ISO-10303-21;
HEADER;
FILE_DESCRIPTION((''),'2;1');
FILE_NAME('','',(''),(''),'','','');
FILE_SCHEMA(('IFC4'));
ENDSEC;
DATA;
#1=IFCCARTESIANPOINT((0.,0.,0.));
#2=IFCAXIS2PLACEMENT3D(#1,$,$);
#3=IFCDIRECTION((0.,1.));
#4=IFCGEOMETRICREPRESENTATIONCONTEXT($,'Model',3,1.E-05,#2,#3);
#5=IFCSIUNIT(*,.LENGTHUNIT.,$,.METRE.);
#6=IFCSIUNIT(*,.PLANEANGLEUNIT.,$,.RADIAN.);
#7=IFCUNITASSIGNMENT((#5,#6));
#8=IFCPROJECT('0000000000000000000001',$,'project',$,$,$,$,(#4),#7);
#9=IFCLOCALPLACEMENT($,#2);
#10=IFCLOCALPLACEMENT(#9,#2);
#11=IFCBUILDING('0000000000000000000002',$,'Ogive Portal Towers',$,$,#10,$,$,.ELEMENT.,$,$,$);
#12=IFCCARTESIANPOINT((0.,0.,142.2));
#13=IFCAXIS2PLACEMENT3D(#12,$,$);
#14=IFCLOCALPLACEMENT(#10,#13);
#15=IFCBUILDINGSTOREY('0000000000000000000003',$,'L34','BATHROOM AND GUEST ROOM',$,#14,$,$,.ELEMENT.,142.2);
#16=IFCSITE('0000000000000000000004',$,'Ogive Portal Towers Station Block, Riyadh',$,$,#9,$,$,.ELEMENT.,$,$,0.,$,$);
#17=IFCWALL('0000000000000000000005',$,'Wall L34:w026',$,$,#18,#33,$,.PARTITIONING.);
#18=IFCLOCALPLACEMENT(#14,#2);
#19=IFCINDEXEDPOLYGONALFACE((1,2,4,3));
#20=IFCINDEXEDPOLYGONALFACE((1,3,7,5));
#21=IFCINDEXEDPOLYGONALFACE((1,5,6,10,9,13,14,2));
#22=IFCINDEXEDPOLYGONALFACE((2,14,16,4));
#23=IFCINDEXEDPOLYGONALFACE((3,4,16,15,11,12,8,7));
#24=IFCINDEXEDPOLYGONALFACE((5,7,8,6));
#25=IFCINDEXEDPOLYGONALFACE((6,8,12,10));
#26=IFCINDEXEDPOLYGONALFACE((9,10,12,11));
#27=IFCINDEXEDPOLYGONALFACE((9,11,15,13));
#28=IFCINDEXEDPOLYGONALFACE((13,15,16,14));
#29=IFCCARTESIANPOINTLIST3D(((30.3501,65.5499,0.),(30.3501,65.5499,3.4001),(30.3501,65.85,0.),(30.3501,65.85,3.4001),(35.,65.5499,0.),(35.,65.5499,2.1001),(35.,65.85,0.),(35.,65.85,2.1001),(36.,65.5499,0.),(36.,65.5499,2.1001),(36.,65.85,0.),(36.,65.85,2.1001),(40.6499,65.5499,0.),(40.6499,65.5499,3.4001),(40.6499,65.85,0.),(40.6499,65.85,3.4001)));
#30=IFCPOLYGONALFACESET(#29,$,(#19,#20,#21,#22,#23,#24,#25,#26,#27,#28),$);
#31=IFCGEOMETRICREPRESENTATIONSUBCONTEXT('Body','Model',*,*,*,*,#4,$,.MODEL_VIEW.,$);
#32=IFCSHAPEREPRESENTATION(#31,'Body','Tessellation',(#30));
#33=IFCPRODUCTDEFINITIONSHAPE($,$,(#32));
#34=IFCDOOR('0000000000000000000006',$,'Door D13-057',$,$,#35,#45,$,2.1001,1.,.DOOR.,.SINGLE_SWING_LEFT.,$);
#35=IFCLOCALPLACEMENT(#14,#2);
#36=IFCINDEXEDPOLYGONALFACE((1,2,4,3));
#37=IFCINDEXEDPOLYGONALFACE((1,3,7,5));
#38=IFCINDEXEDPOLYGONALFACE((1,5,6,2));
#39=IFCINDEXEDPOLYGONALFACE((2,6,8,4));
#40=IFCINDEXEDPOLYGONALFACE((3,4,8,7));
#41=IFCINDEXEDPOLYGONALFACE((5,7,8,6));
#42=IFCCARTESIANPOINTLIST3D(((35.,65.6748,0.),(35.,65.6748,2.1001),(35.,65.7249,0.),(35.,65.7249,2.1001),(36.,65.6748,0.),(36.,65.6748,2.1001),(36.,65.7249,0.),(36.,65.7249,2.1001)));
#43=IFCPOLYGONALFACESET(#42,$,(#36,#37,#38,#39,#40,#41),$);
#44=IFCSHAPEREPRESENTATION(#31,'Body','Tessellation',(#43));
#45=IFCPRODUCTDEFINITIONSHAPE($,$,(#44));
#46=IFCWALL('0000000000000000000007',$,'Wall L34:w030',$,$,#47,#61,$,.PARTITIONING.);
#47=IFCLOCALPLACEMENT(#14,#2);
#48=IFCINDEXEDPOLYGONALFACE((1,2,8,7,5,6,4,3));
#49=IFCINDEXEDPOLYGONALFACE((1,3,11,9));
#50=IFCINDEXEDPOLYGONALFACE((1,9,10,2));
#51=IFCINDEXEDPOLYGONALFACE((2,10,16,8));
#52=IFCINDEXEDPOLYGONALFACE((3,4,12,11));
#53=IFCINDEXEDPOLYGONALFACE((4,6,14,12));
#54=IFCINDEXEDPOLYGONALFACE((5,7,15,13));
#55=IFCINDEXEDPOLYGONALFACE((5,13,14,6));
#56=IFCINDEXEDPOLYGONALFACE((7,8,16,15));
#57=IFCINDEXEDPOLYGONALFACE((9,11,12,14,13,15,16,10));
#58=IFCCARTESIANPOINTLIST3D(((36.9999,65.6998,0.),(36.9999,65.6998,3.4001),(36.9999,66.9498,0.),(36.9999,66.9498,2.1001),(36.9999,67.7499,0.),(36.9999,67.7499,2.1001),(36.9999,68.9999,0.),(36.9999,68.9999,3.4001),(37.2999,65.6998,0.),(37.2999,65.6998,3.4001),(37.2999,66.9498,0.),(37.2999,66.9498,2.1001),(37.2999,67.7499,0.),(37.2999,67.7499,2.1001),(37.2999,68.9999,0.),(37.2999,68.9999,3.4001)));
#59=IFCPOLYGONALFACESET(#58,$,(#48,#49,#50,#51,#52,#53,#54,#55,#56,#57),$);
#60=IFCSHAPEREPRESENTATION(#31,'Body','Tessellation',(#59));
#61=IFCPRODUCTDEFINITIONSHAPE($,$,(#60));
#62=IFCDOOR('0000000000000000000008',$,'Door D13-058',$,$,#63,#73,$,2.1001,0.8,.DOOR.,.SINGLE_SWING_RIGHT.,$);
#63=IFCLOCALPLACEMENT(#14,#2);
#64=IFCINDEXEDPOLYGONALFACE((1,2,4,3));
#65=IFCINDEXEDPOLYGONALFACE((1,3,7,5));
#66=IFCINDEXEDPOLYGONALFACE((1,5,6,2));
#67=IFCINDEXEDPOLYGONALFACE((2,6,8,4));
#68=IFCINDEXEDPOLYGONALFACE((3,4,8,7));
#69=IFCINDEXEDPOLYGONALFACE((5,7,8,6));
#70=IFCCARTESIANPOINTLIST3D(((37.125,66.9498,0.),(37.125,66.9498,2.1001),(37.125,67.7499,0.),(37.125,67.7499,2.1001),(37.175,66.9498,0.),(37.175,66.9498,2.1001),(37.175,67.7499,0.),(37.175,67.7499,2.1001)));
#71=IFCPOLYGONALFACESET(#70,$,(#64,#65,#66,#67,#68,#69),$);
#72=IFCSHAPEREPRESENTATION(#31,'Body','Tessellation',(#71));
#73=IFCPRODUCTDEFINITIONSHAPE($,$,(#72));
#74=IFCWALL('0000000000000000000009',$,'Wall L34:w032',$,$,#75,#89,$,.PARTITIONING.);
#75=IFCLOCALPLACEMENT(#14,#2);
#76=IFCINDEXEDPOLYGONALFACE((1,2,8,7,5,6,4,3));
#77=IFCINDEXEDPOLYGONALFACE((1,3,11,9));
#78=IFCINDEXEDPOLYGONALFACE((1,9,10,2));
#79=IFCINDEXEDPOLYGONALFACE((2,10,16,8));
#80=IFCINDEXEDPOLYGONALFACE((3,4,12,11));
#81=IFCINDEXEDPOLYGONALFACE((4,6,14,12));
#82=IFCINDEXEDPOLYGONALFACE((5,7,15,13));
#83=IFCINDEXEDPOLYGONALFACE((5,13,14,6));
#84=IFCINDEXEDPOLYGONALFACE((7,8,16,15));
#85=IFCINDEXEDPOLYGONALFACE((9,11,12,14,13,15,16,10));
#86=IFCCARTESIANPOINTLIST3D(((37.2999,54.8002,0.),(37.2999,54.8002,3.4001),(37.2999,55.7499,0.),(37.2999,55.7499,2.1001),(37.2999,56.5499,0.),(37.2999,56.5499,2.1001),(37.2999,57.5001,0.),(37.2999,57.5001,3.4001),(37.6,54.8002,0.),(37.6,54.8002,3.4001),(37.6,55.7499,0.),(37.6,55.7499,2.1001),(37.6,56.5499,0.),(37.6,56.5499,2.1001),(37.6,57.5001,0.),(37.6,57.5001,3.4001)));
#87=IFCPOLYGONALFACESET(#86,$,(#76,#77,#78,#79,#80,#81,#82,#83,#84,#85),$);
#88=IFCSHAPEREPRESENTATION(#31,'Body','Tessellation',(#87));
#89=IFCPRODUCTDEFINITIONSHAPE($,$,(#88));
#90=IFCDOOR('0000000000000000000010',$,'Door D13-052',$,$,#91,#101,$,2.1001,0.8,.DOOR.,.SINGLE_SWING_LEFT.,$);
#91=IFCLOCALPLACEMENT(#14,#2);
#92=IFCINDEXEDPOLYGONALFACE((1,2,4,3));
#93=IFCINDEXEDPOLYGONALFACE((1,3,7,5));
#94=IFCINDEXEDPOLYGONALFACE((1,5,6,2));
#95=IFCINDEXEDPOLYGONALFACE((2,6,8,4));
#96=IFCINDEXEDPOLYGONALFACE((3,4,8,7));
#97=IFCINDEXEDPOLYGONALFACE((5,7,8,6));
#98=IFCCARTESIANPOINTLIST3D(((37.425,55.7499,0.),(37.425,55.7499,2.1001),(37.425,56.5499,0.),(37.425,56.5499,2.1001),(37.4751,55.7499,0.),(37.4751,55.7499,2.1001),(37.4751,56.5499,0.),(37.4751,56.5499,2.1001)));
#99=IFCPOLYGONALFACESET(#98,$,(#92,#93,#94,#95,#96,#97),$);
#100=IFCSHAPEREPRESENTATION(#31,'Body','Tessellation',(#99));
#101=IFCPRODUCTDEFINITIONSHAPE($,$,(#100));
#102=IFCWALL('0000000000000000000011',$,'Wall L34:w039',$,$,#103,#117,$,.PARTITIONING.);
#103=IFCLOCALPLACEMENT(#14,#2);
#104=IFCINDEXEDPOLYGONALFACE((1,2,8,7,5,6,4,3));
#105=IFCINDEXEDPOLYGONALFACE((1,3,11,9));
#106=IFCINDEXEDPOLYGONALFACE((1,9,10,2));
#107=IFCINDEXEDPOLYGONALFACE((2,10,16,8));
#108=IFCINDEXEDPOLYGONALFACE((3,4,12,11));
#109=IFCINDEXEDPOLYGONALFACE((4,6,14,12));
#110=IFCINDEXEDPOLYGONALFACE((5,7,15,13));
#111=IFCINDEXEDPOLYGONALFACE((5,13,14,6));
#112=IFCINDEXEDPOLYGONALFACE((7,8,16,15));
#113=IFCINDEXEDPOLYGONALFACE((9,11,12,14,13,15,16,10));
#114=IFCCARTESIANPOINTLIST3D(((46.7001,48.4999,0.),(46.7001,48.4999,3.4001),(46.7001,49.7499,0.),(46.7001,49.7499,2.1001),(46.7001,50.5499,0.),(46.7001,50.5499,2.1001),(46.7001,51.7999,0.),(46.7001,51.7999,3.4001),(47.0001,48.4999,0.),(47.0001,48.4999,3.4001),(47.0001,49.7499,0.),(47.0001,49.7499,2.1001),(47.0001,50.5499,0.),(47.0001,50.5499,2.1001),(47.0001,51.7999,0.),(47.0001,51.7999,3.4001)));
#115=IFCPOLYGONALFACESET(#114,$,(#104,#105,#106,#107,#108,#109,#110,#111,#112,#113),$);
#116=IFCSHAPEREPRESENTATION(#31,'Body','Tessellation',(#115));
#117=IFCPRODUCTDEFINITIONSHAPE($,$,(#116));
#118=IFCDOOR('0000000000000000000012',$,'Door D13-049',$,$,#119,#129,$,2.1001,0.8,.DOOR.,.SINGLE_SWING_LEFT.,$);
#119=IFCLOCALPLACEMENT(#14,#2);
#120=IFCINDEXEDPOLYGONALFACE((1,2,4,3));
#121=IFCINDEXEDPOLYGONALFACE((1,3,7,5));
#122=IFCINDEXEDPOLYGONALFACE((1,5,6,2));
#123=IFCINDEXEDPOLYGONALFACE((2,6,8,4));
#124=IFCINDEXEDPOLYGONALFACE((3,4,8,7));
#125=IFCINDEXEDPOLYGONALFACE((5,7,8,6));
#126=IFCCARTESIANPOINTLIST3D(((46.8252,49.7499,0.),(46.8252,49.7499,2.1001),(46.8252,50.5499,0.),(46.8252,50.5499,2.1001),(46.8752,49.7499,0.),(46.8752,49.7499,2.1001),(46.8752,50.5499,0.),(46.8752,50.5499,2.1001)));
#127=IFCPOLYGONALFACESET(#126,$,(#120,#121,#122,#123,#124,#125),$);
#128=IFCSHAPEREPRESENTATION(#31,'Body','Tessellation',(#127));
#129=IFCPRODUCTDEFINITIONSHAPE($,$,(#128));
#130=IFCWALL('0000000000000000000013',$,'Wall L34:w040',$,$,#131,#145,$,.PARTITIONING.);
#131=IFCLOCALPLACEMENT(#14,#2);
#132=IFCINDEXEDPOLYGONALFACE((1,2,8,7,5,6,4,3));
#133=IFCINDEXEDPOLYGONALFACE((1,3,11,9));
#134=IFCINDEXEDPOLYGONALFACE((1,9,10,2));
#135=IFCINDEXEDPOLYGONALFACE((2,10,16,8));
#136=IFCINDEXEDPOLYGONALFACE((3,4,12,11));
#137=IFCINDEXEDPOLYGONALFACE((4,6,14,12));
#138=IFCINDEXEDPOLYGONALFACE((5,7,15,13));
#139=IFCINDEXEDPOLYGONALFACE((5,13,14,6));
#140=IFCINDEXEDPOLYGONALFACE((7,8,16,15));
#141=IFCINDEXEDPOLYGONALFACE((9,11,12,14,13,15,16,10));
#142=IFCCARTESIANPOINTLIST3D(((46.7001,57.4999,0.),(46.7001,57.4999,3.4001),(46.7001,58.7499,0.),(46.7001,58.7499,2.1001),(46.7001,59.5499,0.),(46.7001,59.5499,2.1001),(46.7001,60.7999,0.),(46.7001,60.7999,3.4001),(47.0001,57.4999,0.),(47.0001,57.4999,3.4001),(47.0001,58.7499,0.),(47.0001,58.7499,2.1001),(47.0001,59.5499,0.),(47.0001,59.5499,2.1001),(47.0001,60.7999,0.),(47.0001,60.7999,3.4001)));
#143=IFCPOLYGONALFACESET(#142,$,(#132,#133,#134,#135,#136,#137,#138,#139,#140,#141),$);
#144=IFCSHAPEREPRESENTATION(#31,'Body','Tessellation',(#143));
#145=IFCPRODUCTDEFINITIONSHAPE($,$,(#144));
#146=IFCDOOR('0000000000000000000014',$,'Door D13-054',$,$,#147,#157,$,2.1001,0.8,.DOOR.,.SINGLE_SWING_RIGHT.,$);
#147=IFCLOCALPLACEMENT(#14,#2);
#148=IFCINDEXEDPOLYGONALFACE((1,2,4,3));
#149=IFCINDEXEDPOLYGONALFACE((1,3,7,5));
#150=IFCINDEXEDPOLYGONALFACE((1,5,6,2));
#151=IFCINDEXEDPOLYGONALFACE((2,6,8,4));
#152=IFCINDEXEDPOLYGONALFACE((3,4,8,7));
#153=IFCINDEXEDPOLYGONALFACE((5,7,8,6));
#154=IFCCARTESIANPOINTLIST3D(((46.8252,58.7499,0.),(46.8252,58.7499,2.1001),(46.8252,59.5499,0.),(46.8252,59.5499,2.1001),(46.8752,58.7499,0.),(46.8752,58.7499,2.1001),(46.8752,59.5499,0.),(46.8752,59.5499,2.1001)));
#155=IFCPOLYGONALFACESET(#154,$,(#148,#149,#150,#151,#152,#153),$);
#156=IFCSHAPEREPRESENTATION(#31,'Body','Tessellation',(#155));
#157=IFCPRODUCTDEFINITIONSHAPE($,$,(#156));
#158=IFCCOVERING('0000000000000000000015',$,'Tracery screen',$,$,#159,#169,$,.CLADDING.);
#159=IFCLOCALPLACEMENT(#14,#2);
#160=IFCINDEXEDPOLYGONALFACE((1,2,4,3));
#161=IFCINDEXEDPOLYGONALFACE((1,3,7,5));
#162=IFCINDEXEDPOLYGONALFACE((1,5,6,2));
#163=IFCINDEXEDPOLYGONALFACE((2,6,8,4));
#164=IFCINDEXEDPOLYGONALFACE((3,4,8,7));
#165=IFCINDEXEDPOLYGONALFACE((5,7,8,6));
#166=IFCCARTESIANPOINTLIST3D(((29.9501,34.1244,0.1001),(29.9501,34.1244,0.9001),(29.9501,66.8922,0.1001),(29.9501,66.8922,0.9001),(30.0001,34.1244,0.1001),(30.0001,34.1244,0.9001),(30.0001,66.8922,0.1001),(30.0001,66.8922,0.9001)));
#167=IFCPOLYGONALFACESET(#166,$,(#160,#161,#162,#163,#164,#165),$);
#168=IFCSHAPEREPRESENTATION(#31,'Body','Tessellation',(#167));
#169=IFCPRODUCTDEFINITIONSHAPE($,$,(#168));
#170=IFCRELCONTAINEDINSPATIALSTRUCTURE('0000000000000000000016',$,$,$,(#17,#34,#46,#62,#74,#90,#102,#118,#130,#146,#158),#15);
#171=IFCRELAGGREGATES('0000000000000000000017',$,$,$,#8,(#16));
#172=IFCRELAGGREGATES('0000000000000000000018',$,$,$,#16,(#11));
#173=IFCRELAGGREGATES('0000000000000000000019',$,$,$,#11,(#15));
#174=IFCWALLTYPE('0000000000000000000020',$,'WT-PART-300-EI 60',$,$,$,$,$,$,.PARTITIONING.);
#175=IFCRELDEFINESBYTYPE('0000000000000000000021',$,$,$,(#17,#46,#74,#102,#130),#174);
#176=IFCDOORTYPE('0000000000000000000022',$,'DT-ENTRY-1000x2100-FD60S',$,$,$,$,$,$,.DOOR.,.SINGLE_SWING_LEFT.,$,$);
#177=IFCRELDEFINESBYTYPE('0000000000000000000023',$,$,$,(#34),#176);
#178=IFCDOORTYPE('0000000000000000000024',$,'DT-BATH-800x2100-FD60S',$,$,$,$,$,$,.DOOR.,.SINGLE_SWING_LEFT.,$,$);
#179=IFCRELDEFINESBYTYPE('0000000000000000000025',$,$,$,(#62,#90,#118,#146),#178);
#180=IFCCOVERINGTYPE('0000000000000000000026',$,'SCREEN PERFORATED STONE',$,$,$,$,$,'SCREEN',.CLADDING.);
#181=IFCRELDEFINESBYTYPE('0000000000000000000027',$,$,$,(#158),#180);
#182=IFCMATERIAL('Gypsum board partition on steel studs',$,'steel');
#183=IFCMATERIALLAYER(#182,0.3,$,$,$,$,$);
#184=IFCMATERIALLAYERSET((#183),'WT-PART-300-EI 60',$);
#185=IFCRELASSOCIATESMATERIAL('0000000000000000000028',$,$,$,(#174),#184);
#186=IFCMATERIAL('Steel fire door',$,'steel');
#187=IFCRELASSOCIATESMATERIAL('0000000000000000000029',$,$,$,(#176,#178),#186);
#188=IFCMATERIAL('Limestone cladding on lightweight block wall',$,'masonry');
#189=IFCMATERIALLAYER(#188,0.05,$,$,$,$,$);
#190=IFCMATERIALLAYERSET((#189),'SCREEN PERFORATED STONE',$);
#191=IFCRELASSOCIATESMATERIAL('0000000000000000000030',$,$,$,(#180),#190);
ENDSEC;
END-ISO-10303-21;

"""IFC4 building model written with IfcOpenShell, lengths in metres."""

from ifc_helpers import new_model, si_unit, direction, frame, frame_2d, origin, origin_2d, place, context, subcontext, project, spatial, rectangle, extrude, material, layer, layer_set, type_object, element, fill, save


model = new_model("IFC4")

# Units and contexts
model_context = context("Model", 3, precision=1e-05, world=origin(), true_north=direction((0.0, 1.0)))
body_context = subcontext(model_context, "Body", "Model", "MODEL_VIEW")
ifc_project = project(units=[si_unit("LENGTHUNIT", "METRE"), si_unit("PLANEANGLEUNIT", "RADIAN")], contexts=[model_context])

# Site, building, storey
site_placement = place(None, origin())
site = spatial("IfcSite", under=ifc_project, at=site_placement, Name="Ogive Portal Towers Station Block, Riyadh", CompositionType="ELEMENT", RefElevation=0.0)
building_placement = place(site_placement, origin())
building = spatial("IfcBuilding", under=site, at=building_placement, Name="Ogive Portal Towers", CompositionType="ELEMENT")
storey_placement = place(building_placement, frame((0.0, 0.0, 142.2)))
storey = spatial("IfcBuildingStorey", under=building, at=storey_placement, Name="L34", Description="BATHROOM AND GUEST ROOM", CompositionType="ELEMENT", Elevation=142.2)

# Shared definitions
ifc_material_1 = material(Name="Steel fire door", Category="steel")

# Shared definitions
ifc_material_2 = material(Name="Gypsum board partition on steel studs", Category="steel")
ifc_layer_1 = layer(ifc_material_2, 0.3)
ifc_layer_set_1 = layer_set([ifc_layer_1], Name="WT-PART-300-EI 60")
wall_type_1 = type_object("IfcWallType", Name="WT-PART-300-EI 60", PredefinedType="PARTITIONING", material=ifc_layer_set_1)

# Walls, openings, doors
wall_1_placement = place(storey_placement, frame((30.3501, 65.7, 0.0), z_axis=(0.0, 0.0, 1.0), x_axis=(1.0, 0.0, 0.0)))
wall_1 = element("IfcWall", 1, at=wall_1_placement, inside=storey, type_object=wall_type_1, Name="Wall L34:w026", PredefinedType="PARTITIONING", context=body_context, shape_type="SweptSolid", body=[
    extrude(rectangle(XDim=10.2998, YDim=0.3, at=frame_2d((5.1499, 0.0))), origin(), (0.0, 0.0, 1.0), 3.4001),
])
opening_1_placement = place(wall_1_placement, frame((4.6499, 0.0, 0.0)))
opening_1 = element("IfcOpeningElement", 2, at=opening_1_placement, cuts=wall_1, PredefinedType="OPENING", context=body_context, shape_type="SweptSolid", body=[
    extrude(rectangle(XDim=1.0, YDim=2.1001, at=frame_2d((0.5, 1.05))), frame((0.0, 0.1602, 0.0), z_axis=(0.0, -1.0, 0.0), x_axis=(1.0, 0.0, 0.0)), (0.0, 0.0, 1.0), 0.3201),
])
door_type_1 = type_object("IfcDoorType", Name="DT-ENTRY-1000x2100-FD60S", OperationType="SINGLE_SWING_LEFT", PredefinedType="DOOR", material=ifc_material_1)
door_1_placement = place(opening_1_placement, origin())
door_1 = element("IfcDoor", 3, at=door_1_placement, inside=storey, type_object=door_type_1, Name="Door D13-057", OperationType="SINGLE_SWING_LEFT", OverallHeight=2.1001, OverallWidth=1.0, PredefinedType="DOOR", context=body_context, shape_type="SweptSolid", body=[
    extrude(rectangle(XDim=1.0, YDim=2.1001, at=frame_2d((0.5, 1.05))), frame((0.0, 0.0249, 0.0), z_axis=(0.0, -1.0, 0.0), x_axis=(1.0, 0.0, 0.0)), (0.0, 0.0, 1.0), 0.05),
])
fill(opening_1, door_1)
wall_2_placement = place(storey_placement, frame((37.1499, 65.7, 0.0), z_axis=(0.0, 0.0, 1.0), x_axis=(0.0, 1.0, 0.0)))
wall_2 = element("IfcWall", 4, at=wall_2_placement, inside=storey, type_object=wall_type_1, Name="Wall L34:w030", PredefinedType="PARTITIONING", context=body_context, shape_type="SweptSolid", body=[
    extrude(rectangle(XDim=3.3, YDim=0.3, at=frame_2d((1.6499, 0.0))), origin(), (0.0, 0.0, 1.0), 3.4001),
])
opening_2_placement = place(wall_2_placement, frame((1.25, 0.0, 0.0)))
opening_2 = element("IfcOpeningElement", 5, at=opening_2_placement, cuts=wall_2, PredefinedType="OPENING", context=body_context, shape_type="SweptSolid", body=[
    extrude(rectangle(XDim=0.8, YDim=2.1001, at=frame_2d((0.3999, 1.05))), frame((0.0, 0.1602, 0.0), z_axis=(0.0, -1.0, 0.0), x_axis=(1.0, 0.0, 0.0)), (0.0, 0.0, 1.0), 0.3201),
])
door_type_2 = type_object("IfcDoorType", Name="DT-BATH-800x2100-FD60S", OperationType="SINGLE_SWING_LEFT", PredefinedType="DOOR", material=ifc_material_1)
door_2_placement = place(opening_2_placement, origin())
door_2 = element("IfcDoor", 6, at=door_2_placement, inside=storey, type_object=door_type_2, Name="Door D13-058", OperationType="SINGLE_SWING_RIGHT", OverallHeight=2.1001, OverallWidth=0.8, PredefinedType="DOOR", context=body_context, shape_type="SweptSolid", body=[
    extrude(rectangle(XDim=0.8, YDim=2.1001, at=frame_2d((0.3999, 1.05))), frame((0.0, 0.0249, 0.0), z_axis=(0.0, -1.0, 0.0), x_axis=(1.0, 0.0, 0.0)), (0.0, 0.0, 1.0), 0.05),
])
fill(opening_2, door_2)
wall_3_placement = place(storey_placement, frame((37.45, 54.8, 0.0), z_axis=(0.0, 0.0, 1.0), x_axis=(0.0, 1.0, 0.0)))
wall_3 = element("IfcWall", 7, at=wall_3_placement, inside=storey, type_object=wall_type_1, Name="Wall L34:w032", PredefinedType="PARTITIONING", context=body_context, shape_type="SweptSolid", body=[
    extrude(rectangle(XDim=2.7, YDim=0.3, at=frame_2d((1.3501, 0.0))), origin(), (0.0, 0.0, 1.0), 3.4001),
])
opening_3_placement = place(wall_3_placement, frame((0.95, 0.0, 0.0)))
opening_3 = element("IfcOpeningElement", 8, at=opening_3_placement, cuts=wall_3, PredefinedType="OPENING", context=body_context, shape_type="SweptSolid", body=[
    extrude(rectangle(XDim=0.8, YDim=2.1001, at=frame_2d((0.3999, 1.05))), frame((0.0, 0.1602, 0.0), z_axis=(0.0, -1.0, 0.0), x_axis=(1.0, 0.0, 0.0)), (0.0, 0.0, 1.0), 0.3201),
])
door_3_placement = place(opening_3_placement, origin())
door_3 = element("IfcDoor", 9, at=door_3_placement, inside=storey, type_object=door_type_2, Name="Door D13-052", OperationType="SINGLE_SWING_LEFT", OverallHeight=2.1001, OverallWidth=0.8, PredefinedType="DOOR", context=body_context, shape_type="SweptSolid", body=[
    extrude(rectangle(XDim=0.8, YDim=2.1001, at=frame_2d((0.3999, 1.05))), frame((0.0, 0.0249, 0.0), z_axis=(0.0, -1.0, 0.0), x_axis=(1.0, 0.0, 0.0)), (0.0, 0.0, 1.0), 0.05),
])
fill(opening_3, door_3)
wall_4_placement = place(storey_placement, frame((46.8501, 48.5, 0.0), z_axis=(0.0, 0.0, 1.0), x_axis=(0.0, 1.0, 0.0)))
wall_4 = element("IfcWall", 10, at=wall_4_placement, inside=storey, type_object=wall_type_1, Name="Wall L34:w039", PredefinedType="PARTITIONING", context=body_context, shape_type="SweptSolid", body=[
    extrude(rectangle(XDim=3.3, YDim=0.3, at=frame_2d((1.6499, 0.0))), origin(), (0.0, 0.0, 1.0), 3.4001),
])
opening_4_placement = place(wall_4_placement, frame((1.25, 0.0, 0.0)))
opening_4 = element("IfcOpeningElement", 11, at=opening_4_placement, cuts=wall_4, PredefinedType="OPENING", context=body_context, shape_type="SweptSolid", body=[
    extrude(rectangle(XDim=0.8, YDim=2.1001, at=frame_2d((0.3999, 1.05))), frame((0.0, 0.1602, 0.0), z_axis=(0.0, -1.0, 0.0), x_axis=(1.0, 0.0, 0.0)), (0.0, 0.0, 1.0), 0.3201),
])
door_4_placement = place(opening_4_placement, origin())
door_4 = element("IfcDoor", 12, at=door_4_placement, inside=storey, type_object=door_type_2, Name="Door D13-049", OperationType="SINGLE_SWING_LEFT", OverallHeight=2.1001, OverallWidth=0.8, PredefinedType="DOOR", context=body_context, shape_type="SweptSolid", body=[
    extrude(rectangle(XDim=0.8, YDim=2.1001, at=frame_2d((0.3999, 1.05))), frame((0.0, 0.0249, 0.0), z_axis=(0.0, -1.0, 0.0), x_axis=(1.0, 0.0, 0.0)), (0.0, 0.0, 1.0), 0.05),
])
fill(opening_4, door_4)
wall_5_placement = place(storey_placement, frame((46.8501, 57.5, 0.0), z_axis=(0.0, 0.0, 1.0), x_axis=(0.0, 1.0, 0.0)))
wall_5 = element("IfcWall", 13, at=wall_5_placement, inside=storey, type_object=wall_type_1, Name="Wall L34:w040", PredefinedType="PARTITIONING", context=body_context, shape_type="SweptSolid", body=[
    extrude(rectangle(XDim=3.3, YDim=0.3, at=frame_2d((1.6499, 0.0))), origin(), (0.0, 0.0, 1.0), 3.4001),
])
opening_5_placement = place(wall_5_placement, frame((1.25, 0.0, 0.0)))
opening_5 = element("IfcOpeningElement", 14, at=opening_5_placement, cuts=wall_5, PredefinedType="OPENING", context=body_context, shape_type="SweptSolid", body=[
    extrude(rectangle(XDim=0.8, YDim=2.1001, at=frame_2d((0.3999, 1.05))), frame((0.0, 0.1602, 0.0), z_axis=(0.0, -1.0, 0.0), x_axis=(1.0, 0.0, 0.0)), (0.0, 0.0, 1.0), 0.3201),
])
door_5_placement = place(opening_5_placement, origin())
door_5 = element("IfcDoor", 15, at=door_5_placement, inside=storey, type_object=door_type_2, Name="Door D13-054", OperationType="SINGLE_SWING_RIGHT", OverallHeight=2.1001, OverallWidth=0.8, PredefinedType="DOOR", context=body_context, shape_type="SweptSolid", body=[
    extrude(rectangle(XDim=0.8, YDim=2.1001, at=frame_2d((0.3999, 1.05))), frame((0.0, 0.0249, 0.0), z_axis=(0.0, -1.0, 0.0), x_axis=(1.0, 0.0, 0.0)), (0.0, 0.0, 1.0), 0.05),
])
fill(opening_5, door_5)

# Covering
ifc_material_3 = material(Name="Limestone cladding on lightweight block wall", Category="masonry")
ifc_layer_2 = layer(ifc_material_3, 0.05)
ifc_layer_set_2 = layer_set([ifc_layer_2], Name="SCREEN PERFORATED STONE")
covering_type = type_object("IfcCoveringType", Name="SCREEN PERFORATED STONE", ElementType="SCREEN", PredefinedType="CLADDING", material=ifc_layer_set_2)
covering_placement = place(storey_placement, frame((29.9751, 50.5083, 0.1001), z_axis=(0.0, 0.0, 1.0), x_axis=(0.0, -1.0, 0.0)))
element("IfcCovering", 16, at=covering_placement, inside=storey, type_object=covering_type, Name="Tracery screen", PredefinedType="CLADDING", context=body_context, shape_type="SweptSolid", body=[
    extrude(rectangle(XDim=32.7678, YDim=0.05, at=origin_2d()), origin(), (0.0, 0.0, 1.0), 0.8),
])

save(model, "model.ifc")
